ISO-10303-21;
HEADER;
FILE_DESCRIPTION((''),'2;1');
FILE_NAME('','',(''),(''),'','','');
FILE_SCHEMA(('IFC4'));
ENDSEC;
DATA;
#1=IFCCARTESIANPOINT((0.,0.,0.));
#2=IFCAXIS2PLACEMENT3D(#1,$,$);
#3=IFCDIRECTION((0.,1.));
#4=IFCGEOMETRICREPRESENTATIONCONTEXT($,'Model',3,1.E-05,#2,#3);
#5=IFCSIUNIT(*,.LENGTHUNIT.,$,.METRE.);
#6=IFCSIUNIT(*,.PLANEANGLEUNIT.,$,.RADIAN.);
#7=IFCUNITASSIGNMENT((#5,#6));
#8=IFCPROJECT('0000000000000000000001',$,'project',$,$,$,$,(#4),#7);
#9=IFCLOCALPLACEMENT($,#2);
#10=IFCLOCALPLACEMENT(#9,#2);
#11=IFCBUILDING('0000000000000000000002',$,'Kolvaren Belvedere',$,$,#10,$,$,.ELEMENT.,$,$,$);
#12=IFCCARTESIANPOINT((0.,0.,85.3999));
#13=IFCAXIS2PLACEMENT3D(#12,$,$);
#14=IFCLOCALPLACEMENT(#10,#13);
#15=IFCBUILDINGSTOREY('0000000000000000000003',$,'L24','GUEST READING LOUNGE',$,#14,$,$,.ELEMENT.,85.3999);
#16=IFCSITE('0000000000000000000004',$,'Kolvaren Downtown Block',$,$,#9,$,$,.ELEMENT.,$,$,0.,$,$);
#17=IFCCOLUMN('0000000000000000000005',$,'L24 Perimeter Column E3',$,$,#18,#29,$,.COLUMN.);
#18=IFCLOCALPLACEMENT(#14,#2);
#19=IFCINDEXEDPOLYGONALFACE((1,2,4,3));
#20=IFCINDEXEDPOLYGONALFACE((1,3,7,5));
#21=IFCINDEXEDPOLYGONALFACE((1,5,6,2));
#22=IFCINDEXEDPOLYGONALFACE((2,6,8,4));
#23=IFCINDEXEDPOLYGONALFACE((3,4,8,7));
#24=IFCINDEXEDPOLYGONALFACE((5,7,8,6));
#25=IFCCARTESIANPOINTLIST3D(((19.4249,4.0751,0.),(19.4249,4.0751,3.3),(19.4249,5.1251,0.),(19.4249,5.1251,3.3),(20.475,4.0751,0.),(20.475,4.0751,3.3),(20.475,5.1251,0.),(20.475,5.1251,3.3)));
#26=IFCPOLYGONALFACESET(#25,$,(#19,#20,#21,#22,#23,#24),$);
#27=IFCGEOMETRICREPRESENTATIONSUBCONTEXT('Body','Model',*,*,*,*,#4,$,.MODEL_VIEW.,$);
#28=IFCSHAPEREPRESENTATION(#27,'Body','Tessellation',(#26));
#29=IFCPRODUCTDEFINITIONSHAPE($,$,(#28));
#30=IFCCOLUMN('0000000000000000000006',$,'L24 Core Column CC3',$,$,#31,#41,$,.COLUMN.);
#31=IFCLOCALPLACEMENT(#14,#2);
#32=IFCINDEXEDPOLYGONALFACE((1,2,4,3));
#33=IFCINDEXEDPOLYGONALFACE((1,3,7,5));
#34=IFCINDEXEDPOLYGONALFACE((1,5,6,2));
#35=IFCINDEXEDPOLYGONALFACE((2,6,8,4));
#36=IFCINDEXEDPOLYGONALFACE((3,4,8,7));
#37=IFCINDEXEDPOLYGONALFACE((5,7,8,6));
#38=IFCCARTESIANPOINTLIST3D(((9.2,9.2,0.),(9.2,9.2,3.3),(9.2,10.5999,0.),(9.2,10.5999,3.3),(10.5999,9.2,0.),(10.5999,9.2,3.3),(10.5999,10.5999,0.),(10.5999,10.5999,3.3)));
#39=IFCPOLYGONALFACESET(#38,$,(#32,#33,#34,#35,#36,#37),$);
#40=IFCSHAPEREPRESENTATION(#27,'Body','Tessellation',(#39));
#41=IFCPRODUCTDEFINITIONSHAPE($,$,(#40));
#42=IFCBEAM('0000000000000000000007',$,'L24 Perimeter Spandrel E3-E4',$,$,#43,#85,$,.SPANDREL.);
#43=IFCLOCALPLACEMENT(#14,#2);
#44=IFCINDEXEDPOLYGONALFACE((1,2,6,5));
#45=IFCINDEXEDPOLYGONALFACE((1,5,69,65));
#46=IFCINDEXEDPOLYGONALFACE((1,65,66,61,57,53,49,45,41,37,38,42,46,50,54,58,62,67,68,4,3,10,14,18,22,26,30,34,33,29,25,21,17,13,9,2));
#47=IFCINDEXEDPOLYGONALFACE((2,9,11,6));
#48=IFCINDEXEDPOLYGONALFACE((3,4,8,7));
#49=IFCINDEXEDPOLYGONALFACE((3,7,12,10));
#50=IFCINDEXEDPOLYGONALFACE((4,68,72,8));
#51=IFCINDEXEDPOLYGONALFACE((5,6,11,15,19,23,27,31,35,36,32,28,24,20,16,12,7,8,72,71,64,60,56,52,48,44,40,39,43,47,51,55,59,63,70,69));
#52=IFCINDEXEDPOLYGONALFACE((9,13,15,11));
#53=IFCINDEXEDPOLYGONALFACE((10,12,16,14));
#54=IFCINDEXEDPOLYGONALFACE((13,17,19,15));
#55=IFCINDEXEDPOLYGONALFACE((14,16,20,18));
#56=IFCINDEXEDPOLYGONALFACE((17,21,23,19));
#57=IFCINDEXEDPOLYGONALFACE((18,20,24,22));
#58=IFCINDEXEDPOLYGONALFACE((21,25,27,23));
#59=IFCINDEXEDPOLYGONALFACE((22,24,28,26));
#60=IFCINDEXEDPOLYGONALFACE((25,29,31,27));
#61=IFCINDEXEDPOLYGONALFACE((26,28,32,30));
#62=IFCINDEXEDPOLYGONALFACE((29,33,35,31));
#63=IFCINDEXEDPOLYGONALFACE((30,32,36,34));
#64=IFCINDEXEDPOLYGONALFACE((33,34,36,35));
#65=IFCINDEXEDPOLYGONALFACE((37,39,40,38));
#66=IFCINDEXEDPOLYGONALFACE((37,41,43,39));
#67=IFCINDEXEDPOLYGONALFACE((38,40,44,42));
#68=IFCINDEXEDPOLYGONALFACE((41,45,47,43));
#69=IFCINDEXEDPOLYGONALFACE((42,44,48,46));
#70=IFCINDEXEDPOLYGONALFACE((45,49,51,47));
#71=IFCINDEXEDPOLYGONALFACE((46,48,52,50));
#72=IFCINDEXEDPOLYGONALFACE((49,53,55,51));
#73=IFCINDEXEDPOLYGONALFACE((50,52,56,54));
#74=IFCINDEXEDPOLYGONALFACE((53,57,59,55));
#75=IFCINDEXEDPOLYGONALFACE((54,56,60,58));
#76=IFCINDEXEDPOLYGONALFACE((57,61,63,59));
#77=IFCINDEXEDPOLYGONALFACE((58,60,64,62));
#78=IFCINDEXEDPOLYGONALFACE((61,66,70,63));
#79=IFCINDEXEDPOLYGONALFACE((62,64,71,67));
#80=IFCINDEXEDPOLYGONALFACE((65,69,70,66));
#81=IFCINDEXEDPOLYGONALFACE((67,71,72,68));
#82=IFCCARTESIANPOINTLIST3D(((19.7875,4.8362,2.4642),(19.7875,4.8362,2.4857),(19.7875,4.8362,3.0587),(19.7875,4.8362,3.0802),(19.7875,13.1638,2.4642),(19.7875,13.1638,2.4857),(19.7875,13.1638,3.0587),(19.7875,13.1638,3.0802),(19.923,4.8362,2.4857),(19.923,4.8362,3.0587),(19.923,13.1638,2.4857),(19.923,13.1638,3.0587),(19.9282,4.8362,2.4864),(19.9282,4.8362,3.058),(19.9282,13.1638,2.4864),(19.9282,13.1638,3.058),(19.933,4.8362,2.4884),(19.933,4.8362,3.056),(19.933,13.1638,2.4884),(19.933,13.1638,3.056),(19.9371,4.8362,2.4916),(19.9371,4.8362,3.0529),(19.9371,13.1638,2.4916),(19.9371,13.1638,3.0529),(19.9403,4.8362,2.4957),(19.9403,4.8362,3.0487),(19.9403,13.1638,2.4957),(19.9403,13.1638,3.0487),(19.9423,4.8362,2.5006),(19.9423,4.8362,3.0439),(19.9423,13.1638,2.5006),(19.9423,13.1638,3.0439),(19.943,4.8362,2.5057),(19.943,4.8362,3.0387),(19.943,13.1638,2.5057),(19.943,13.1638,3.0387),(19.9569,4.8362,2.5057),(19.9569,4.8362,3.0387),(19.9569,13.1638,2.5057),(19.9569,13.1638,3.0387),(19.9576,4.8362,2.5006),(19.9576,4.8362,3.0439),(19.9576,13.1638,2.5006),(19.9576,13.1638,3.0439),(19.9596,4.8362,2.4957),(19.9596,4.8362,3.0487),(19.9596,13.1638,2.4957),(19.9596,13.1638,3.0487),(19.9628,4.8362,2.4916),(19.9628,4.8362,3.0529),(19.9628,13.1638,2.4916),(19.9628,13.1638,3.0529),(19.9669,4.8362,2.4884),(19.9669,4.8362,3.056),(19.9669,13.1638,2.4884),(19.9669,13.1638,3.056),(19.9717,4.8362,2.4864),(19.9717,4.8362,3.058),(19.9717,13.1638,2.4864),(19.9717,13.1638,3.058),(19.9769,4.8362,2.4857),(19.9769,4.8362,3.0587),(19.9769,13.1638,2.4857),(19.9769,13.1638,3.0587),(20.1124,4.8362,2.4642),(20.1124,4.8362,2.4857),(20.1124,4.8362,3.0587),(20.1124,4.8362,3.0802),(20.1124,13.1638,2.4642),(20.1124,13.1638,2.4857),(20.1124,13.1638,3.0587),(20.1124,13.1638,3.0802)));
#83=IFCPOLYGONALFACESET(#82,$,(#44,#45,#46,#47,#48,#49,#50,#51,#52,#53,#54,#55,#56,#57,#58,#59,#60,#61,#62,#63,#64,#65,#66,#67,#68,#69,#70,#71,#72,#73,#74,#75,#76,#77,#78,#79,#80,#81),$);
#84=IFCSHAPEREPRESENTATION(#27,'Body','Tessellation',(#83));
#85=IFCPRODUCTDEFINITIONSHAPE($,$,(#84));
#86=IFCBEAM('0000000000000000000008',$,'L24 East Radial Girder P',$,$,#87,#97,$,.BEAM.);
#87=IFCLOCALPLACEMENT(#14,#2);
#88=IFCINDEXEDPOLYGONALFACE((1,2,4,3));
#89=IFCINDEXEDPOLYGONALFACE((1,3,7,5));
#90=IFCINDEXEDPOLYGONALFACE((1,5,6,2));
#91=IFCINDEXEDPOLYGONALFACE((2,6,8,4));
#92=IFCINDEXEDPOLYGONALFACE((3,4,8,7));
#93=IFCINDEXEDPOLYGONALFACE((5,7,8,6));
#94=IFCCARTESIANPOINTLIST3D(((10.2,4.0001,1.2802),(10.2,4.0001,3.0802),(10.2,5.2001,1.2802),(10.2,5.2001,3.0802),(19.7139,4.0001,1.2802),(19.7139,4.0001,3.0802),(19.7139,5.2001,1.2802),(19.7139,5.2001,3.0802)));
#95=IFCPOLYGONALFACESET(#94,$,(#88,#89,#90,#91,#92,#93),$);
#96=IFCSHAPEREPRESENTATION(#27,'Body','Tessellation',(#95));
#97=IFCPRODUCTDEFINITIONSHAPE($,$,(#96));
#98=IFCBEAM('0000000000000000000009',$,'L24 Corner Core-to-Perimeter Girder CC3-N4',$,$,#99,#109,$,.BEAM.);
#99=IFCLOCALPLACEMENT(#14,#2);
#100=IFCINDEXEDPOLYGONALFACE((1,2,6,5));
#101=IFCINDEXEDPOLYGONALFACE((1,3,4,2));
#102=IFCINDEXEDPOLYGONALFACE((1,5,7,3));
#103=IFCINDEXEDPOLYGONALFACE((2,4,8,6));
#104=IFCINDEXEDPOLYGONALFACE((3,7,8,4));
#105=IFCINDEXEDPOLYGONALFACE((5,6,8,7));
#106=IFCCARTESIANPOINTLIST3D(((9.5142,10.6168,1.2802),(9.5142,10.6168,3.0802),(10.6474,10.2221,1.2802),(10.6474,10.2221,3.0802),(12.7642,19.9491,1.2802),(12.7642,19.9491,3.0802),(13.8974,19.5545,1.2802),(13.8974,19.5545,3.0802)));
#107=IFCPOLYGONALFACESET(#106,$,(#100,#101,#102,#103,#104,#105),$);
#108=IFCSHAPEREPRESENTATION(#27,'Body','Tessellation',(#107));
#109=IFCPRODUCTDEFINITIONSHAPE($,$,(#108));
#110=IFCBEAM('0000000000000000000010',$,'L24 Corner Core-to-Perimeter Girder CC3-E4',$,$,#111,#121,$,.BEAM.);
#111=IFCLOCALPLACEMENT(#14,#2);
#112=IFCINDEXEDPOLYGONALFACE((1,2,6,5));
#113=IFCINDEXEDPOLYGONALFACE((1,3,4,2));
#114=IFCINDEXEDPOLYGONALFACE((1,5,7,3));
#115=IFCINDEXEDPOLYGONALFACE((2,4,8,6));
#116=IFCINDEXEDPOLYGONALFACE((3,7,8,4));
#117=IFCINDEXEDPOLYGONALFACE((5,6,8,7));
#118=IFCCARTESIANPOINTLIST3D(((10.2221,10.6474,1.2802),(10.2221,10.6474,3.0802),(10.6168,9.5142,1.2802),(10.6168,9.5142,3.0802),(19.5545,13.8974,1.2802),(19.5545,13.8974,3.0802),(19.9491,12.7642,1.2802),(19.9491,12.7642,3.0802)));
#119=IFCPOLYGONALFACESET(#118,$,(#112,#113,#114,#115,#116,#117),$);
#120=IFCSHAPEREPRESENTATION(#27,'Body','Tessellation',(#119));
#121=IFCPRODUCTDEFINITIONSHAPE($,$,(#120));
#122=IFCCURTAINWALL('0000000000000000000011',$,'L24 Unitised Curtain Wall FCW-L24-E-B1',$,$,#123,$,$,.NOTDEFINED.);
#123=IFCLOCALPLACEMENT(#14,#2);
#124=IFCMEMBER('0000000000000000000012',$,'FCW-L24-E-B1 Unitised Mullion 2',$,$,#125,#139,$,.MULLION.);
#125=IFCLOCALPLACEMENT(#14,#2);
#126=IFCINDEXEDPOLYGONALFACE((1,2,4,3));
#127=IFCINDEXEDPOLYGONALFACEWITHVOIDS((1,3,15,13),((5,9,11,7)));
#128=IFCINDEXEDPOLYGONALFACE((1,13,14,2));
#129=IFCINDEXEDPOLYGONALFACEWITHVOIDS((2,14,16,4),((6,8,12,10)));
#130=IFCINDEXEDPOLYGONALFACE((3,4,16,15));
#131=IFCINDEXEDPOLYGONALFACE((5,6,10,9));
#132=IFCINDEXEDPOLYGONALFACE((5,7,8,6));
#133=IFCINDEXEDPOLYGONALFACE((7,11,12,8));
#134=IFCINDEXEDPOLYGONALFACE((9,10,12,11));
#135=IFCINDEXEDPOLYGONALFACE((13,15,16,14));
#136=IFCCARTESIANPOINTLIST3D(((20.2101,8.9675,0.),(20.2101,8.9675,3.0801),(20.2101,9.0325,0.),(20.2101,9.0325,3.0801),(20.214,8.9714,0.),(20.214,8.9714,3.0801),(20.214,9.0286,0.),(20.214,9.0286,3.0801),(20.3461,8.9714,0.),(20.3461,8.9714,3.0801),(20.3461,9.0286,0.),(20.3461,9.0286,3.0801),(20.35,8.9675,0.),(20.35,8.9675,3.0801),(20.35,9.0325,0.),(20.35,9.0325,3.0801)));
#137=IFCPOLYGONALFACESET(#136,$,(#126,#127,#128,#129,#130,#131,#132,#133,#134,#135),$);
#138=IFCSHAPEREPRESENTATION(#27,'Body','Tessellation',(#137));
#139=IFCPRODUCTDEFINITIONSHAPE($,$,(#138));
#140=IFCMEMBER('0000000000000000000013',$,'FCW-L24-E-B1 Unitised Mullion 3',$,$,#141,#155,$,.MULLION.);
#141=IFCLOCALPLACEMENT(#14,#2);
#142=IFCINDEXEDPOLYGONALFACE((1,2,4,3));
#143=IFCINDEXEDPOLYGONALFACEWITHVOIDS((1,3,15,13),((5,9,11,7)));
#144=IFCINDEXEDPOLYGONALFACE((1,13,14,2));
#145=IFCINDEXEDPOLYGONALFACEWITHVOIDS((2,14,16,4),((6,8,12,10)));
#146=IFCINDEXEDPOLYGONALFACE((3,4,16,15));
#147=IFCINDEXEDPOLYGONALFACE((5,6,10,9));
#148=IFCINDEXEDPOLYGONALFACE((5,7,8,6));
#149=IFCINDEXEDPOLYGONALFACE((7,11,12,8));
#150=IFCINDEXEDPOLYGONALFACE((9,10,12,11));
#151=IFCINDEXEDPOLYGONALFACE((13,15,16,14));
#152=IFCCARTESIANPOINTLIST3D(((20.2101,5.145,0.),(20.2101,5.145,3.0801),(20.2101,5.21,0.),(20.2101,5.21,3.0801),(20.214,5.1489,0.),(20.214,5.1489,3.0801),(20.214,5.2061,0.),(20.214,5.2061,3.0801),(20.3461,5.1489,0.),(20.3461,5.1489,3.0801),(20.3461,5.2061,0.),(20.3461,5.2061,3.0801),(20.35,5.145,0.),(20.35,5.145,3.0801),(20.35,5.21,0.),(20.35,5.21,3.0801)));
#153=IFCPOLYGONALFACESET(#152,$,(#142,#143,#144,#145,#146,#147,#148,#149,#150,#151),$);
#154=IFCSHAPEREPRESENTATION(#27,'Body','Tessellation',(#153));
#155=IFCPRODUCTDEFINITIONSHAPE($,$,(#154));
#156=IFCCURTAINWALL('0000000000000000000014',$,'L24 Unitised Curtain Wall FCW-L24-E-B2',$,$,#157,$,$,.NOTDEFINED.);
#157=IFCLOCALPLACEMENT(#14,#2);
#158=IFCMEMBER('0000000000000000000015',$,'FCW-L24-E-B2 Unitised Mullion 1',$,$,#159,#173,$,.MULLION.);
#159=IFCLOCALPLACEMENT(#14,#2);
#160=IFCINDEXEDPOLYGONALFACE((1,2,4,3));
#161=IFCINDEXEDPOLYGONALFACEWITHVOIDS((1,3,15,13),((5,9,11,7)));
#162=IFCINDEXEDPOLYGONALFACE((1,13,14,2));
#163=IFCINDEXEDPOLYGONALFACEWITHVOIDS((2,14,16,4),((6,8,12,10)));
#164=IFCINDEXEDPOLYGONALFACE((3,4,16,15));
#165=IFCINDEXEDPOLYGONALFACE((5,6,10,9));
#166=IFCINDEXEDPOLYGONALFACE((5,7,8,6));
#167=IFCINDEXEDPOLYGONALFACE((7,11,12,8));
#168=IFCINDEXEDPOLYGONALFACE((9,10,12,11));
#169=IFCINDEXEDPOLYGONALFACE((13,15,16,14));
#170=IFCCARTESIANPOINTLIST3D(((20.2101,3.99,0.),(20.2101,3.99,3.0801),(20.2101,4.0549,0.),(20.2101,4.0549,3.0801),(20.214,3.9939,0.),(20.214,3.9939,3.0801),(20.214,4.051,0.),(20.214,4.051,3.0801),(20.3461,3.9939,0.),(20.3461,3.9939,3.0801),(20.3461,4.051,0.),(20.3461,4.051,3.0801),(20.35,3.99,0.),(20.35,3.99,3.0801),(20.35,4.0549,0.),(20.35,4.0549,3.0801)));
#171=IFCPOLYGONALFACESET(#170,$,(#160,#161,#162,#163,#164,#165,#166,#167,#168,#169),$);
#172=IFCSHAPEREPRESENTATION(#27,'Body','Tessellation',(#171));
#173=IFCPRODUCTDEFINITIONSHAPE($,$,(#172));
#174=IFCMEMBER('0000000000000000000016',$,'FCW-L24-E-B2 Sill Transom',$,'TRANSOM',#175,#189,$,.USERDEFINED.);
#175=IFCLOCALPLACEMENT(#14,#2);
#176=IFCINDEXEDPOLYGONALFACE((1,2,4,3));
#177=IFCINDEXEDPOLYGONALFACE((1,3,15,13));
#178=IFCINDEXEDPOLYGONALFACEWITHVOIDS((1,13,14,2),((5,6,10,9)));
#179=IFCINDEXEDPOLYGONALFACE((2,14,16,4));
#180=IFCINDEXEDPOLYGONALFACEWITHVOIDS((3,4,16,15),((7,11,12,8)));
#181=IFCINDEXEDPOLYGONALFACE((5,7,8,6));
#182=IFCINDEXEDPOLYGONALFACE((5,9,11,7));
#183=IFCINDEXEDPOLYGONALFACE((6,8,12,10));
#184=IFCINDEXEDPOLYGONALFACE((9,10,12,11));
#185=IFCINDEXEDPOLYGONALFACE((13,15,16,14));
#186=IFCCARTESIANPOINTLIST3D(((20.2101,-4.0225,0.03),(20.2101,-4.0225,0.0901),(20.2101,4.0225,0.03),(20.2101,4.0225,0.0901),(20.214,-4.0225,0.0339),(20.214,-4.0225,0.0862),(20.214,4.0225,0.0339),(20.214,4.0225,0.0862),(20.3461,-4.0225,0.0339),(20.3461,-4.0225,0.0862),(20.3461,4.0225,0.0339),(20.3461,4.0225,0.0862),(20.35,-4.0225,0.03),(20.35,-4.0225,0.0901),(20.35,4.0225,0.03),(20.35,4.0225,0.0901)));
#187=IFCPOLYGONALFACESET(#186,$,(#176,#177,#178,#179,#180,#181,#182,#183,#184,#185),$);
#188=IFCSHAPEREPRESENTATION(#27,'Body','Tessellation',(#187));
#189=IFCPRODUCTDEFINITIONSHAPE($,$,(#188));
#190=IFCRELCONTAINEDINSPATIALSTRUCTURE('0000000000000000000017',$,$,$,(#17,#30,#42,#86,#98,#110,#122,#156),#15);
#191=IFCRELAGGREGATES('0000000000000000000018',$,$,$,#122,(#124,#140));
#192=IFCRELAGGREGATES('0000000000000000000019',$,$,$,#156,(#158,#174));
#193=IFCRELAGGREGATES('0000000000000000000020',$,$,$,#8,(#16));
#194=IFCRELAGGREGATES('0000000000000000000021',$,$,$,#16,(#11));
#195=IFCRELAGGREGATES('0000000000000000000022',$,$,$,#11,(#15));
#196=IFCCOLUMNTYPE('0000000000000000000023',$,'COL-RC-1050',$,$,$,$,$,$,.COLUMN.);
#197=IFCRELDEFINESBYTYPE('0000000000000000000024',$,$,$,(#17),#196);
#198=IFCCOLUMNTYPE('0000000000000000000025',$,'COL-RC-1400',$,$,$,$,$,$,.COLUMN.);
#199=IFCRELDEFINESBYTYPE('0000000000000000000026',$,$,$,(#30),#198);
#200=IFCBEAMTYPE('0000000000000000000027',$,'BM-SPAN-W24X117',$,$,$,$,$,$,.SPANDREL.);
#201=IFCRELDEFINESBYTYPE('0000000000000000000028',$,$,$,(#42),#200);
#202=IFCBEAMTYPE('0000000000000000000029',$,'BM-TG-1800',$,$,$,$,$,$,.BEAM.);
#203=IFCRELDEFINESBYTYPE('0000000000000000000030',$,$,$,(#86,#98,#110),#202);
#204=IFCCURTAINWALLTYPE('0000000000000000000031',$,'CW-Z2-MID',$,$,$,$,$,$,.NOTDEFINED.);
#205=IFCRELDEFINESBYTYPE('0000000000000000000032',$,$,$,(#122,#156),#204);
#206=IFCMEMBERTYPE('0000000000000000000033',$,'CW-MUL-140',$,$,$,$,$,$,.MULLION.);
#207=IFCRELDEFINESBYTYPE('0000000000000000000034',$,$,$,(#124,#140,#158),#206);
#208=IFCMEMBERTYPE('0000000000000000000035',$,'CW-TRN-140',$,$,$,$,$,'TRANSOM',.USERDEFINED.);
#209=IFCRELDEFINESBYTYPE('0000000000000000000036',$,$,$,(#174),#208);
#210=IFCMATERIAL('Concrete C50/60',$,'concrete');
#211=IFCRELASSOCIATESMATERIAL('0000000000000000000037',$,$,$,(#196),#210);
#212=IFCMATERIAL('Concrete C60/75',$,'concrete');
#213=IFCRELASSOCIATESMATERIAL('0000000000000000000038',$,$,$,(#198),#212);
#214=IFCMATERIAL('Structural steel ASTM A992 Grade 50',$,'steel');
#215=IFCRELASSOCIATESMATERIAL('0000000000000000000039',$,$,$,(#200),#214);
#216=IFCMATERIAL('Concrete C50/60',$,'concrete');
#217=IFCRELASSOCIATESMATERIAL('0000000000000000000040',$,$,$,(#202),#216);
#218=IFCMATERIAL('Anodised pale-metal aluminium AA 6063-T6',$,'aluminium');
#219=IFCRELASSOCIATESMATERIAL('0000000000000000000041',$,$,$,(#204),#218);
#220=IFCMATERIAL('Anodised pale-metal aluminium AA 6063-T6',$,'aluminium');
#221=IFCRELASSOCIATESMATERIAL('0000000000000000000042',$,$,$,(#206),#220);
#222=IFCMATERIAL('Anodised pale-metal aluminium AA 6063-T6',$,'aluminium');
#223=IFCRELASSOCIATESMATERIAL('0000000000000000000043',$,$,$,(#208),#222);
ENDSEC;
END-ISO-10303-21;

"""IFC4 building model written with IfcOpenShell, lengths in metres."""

from ifc_helpers import new_model, si_unit, direction, frame, origin, origin_2d, place, context, subcontext, project, spatial, rectangle, hollow_rectangle, i_section, extrude, material, material_profile, profile_set, type_object, element, aggregate, save


model = new_model("IFC4")

# Units and contexts
model_context = context("Model", 3, precision=1e-05, world=origin(), true_north=direction((0.0, 1.0)))
body_context = subcontext(model_context, "Body", "Model", "MODEL_VIEW")
ifc_project = project(units=[si_unit("LENGTHUNIT", "METRE"), si_unit("PLANEANGLEUNIT", "RADIAN")], contexts=[model_context])

# Site, building, storey
site_placement = place(None, origin())
site = spatial("IfcSite", under=ifc_project, at=site_placement, Name="Kolvaren Downtown Block", CompositionType="ELEMENT", RefElevation=0.0)
building_placement = place(site_placement, origin())
building = spatial("IfcBuilding", under=site, at=building_placement, Name="Kolvaren Belvedere", CompositionType="ELEMENT")
storey_placement = place(building_placement, frame((0.0, 0.0, 85.3999)))
storey = spatial("IfcBuildingStorey", under=building, at=storey_placement, Name="L24", Description="GUEST READING LOUNGE", CompositionType="ELEMENT", Elevation=85.3999)

# Columns
ifc_material_1 = material(Name="Concrete C50/60", Category="concrete")
ifc_material_profile_1 = material_profile(ifc_material_1, rectangle(XDim=1.05, YDim=1.05, at=origin_2d()), Name="RC 1050X1050")
ifc_profile_set_1 = profile_set([ifc_material_profile_1], Name="Concrete C50/60")
column_type_1 = type_object("IfcColumnType", Name="COL-RC-1050", PredefinedType="COLUMN", material=ifc_profile_set_1)
column_1_placement = place(storey_placement, frame((19.95, 4.6001, 0.0), z_axis=(0.0, 0.0, 1.0), x_axis=(1.0, 0.0, 0.0)))
element("IfcColumn", 1, at=column_1_placement, inside=storey, type_object=column_type_1, Name="L24 Perimeter Column E3", PredefinedType="COLUMN", context=body_context, shape_type="SweptSolid", body=[
    extrude(rectangle(XDim=1.05, YDim=1.05, at=origin_2d()), origin(), (0.0, 0.0, 1.0), 3.3),
])
ifc_material_2 = material(Name="Concrete C60/75", Category="concrete")
ifc_material_profile_2 = material_profile(ifc_material_2, rectangle(XDim=1.3999, YDim=1.3999, at=origin_2d()), Name="RC 1400X1400")
ifc_profile_set_2 = profile_set([ifc_material_profile_2], Name="Concrete C60/75")
column_type_2 = type_object("IfcColumnType", Name="COL-RC-1400", PredefinedType="COLUMN", material=ifc_profile_set_2)
column_2_placement = place(storey_placement, frame((9.8999, 9.8999, 0.0), z_axis=(0.0, 0.0, 1.0), x_axis=(1.0, 0.0, 0.0)))
element("IfcColumn", 2, at=column_2_placement, inside=storey, type_object=column_type_2, Name="L24 Core Column CC3", PredefinedType="COLUMN", context=body_context, shape_type="SweptSolid", body=[
    extrude(rectangle(XDim=1.3999, YDim=1.3999, at=origin_2d()), origin(), (0.0, 0.0, 1.0), 3.3),
])

# Beams
ifc_material_3 = material(Name="Structural steel ASTM A992 Grade 50", Category="steel")
ifc_material_profile_3 = material_profile(ifc_material_3, i_section(OverallWidth=0.325, OverallDepth=0.616, WebThickness=0.0139, FlangeThickness=0.0215, FilletRadius=0.02, at=origin_2d()), Name="W24X117")
ifc_profile_set_3 = profile_set([ifc_material_profile_3], Name="Structural steel ASTM A992 Grade 50")
beam_type_1 = type_object("IfcBeamType", Name="BM-SPAN-W24X117", PredefinedType="SPANDREL", material=ifc_profile_set_3)
beam_1_placement = place(storey_placement, frame((19.95, 4.8362, 2.7722), z_axis=(0.0, 1.0, 0.0), x_axis=(-1.0, 0.0, 0.0)))
element("IfcBeam", 3, at=beam_1_placement, inside=storey, type_object=beam_type_1, Name="L24 Perimeter Spandrel E3-E4", PredefinedType="SPANDREL", context=body_context, shape_type="SweptSolid", body=[
    extrude(i_section(OverallWidth=0.325, OverallDepth=0.616, WebThickness=0.0139, FlangeThickness=0.0215, FilletRadius=0.02, at=origin_2d()), origin(), (0.0, 0.0, 1.0), 8.3276),
])
ifc_material_4 = material(Name="Concrete C50/60", Category="concrete")
ifc_material_profile_4 = material_profile(ifc_material_4, rectangle(XDim=1.2, YDim=1.8, at=origin_2d()), Name="RC 1200X1800")
ifc_profile_set_4 = profile_set([ifc_material_profile_4], Name="Concrete C50/60")
beam_type_2 = type_object("IfcBeamType", Name="BM-TG-1800", PredefinedType="BEAM", material=ifc_profile_set_4)
beam_2_placement = place(storey_placement, frame((10.2, 4.6001, 2.1802), z_axis=(1.0, 0.0, 0.0), x_axis=(0.0, 1.0, 0.0)))
element("IfcBeam", 4, at=beam_2_placement, inside=storey, type_object=beam_type_2, Name="L24 East Radial Girder P", PredefinedType="BEAM", context=body_context, shape_type="SweptSolid", body=[
    extrude(rectangle(XDim=1.2, YDim=1.8, at=origin_2d()), origin(), (0.0, 0.0, 1.0), 9.5139),
])
for number, where, z_axis, x_axis, name in (
    (5, (10.0808, 10.4194, 2.1802), (0.328881, 0.944371, 0.0), (-0.944371, 0.328881, 0.0), "L24 Corner Core-to-Perimeter Girder CC3-N4"),
    (6, (10.4194, 10.0808, 2.1802), (0.944371, 0.328881, 0.0), (-0.328881, 0.944371, 0.0), "L24 Corner Core-to-Perimeter Girder CC3-E4"),
):
    element("IfcBeam", number, at=place(storey_placement, frame(where, z_axis=z_axis, x_axis=x_axis)), inside=storey, type_object=beam_type_2, Name=name, PredefinedType="BEAM", context=body_context, shape_type="SweptSolid", body=[
        extrude(rectangle(XDim=1.2, YDim=1.8, at=origin_2d()), origin(), (0.0, 0.0, 1.0), 9.8821),
    ])

# Curtain walls, members
ifc_material_5 = material(Name="Anodised pale-metal aluminium AA 6063-T6", Category="aluminium")
curtain_wall_type = type_object("IfcCurtainWallType", Name="CW-Z2-MID", PredefinedType="NOTDEFINED", material=ifc_material_5)
curtain_wall_1_placement = place(storey_placement, origin())
curtain_wall_1 = element("IfcCurtainWall", 7, at=curtain_wall_1_placement, inside=storey, type_object=curtain_wall_type, Name="L24 Unitised Curtain Wall FCW-L24-E-B1", PredefinedType="NOTDEFINED")
ifc_material_6 = material(Name="Anodised pale-metal aluminium AA 6063-T6", Category="aluminium")
ifc_material_profile_5 = material_profile(ifc_material_6, hollow_rectangle(XDim=0.0649, YDim=0.1399, WallThickness=0.0039, at=origin_2d()), Name="ALU-MUL-140X65")
ifc_profile_set_5 = profile_set([ifc_material_profile_5], Name="Anodised pale-metal aluminium AA 6063-T6")
member_type_1 = type_object("IfcMemberType", Name="CW-MUL-140", PredefinedType="MULLION", material=ifc_profile_set_5)
member_1_placement = place(storey_placement, frame((20.28, 9.0, 0.0), z_axis=(0.0, 0.0, 1.0), x_axis=(0.0, 1.0, 0.0)))
member_1 = element("IfcMember", 8, at=member_1_placement, type_object=member_type_1, Name="FCW-L24-E-B1 Unitised Mullion 2", PredefinedType="MULLION", context=body_context, shape_type="SweptSolid", body=[
    extrude(hollow_rectangle(XDim=0.0649, YDim=0.1399, WallThickness=0.0039, at=origin_2d()), origin(), (0.0, 0.0, 1.0), 3.0801),
])
member_2_placement = place(storey_placement, frame((20.28, 5.1775, 0.0), z_axis=(0.0, 0.0, 1.0), x_axis=(0.0, 1.0, 0.0)))
member_2 = element("IfcMember", 9, at=member_2_placement, type_object=member_type_1, Name="FCW-L24-E-B1 Unitised Mullion 3", PredefinedType="MULLION", context=body_context, shape_type="SweptSolid", body=[
    extrude(hollow_rectangle(XDim=0.0649, YDim=0.1399, WallThickness=0.0039, at=origin_2d()), origin(), (0.0, 0.0, 1.0), 3.0801),
])
curtain_wall_2_placement = place(storey_placement, origin())
curtain_wall_2 = element("IfcCurtainWall", 10, at=curtain_wall_2_placement, inside=storey, type_object=curtain_wall_type, Name="L24 Unitised Curtain Wall FCW-L24-E-B2", PredefinedType="NOTDEFINED")
member_3_placement = place(storey_placement, frame((20.28, 4.0225, 0.0), z_axis=(0.0, 0.0, 1.0), x_axis=(0.0, 1.0, 0.0)))
member_3 = element("IfcMember", 11, at=member_3_placement, type_object=member_type_1, Name="FCW-L24-E-B2 Unitised Mullion 1", PredefinedType="MULLION", context=body_context, shape_type="SweptSolid", body=[
    extrude(hollow_rectangle(XDim=0.0649, YDim=0.1399, WallThickness=0.0039, at=origin_2d()), origin(), (0.0, 0.0, 1.0), 3.0801),
])
ifc_material_7 = material(Name="Anodised pale-metal aluminium AA 6063-T6", Category="aluminium")
ifc_material_profile_6 = material_profile(ifc_material_7, hollow_rectangle(XDim=0.0601, YDim=0.1399, WallThickness=0.0039, at=origin_2d()), Name="ALU-TRN-140X60")
ifc_profile_set_6 = profile_set([ifc_material_profile_6], Name="Anodised pale-metal aluminium AA 6063-T6")
member_type_2 = type_object("IfcMemberType", Name="CW-TRN-140", ElementType="TRANSOM", PredefinedType="USERDEFINED", material=ifc_profile_set_6)
member_4_placement = place(storey_placement, frame((20.28, 4.0225, 0.0601), z_axis=(0.0, -1.0, 0.0), x_axis=(0.0, 0.0, 1.0)))
member_4 = element("IfcMember", 12, at=member_4_placement, type_object=member_type_2, Name="FCW-L24-E-B2 Sill Transom", ObjectType="TRANSOM", PredefinedType="USERDEFINED", context=body_context, shape_type="SweptSolid", body=[
    extrude(hollow_rectangle(XDim=0.0601, YDim=0.1399, WallThickness=0.0039, at=origin_2d()), origin(), (0.0, 0.0, 1.0), 8.0449),
])

aggregate(curtain_wall_1, [member_1, member_2])
aggregate(curtain_wall_2, [member_3, member_4])

save(model, "model.ifc")
